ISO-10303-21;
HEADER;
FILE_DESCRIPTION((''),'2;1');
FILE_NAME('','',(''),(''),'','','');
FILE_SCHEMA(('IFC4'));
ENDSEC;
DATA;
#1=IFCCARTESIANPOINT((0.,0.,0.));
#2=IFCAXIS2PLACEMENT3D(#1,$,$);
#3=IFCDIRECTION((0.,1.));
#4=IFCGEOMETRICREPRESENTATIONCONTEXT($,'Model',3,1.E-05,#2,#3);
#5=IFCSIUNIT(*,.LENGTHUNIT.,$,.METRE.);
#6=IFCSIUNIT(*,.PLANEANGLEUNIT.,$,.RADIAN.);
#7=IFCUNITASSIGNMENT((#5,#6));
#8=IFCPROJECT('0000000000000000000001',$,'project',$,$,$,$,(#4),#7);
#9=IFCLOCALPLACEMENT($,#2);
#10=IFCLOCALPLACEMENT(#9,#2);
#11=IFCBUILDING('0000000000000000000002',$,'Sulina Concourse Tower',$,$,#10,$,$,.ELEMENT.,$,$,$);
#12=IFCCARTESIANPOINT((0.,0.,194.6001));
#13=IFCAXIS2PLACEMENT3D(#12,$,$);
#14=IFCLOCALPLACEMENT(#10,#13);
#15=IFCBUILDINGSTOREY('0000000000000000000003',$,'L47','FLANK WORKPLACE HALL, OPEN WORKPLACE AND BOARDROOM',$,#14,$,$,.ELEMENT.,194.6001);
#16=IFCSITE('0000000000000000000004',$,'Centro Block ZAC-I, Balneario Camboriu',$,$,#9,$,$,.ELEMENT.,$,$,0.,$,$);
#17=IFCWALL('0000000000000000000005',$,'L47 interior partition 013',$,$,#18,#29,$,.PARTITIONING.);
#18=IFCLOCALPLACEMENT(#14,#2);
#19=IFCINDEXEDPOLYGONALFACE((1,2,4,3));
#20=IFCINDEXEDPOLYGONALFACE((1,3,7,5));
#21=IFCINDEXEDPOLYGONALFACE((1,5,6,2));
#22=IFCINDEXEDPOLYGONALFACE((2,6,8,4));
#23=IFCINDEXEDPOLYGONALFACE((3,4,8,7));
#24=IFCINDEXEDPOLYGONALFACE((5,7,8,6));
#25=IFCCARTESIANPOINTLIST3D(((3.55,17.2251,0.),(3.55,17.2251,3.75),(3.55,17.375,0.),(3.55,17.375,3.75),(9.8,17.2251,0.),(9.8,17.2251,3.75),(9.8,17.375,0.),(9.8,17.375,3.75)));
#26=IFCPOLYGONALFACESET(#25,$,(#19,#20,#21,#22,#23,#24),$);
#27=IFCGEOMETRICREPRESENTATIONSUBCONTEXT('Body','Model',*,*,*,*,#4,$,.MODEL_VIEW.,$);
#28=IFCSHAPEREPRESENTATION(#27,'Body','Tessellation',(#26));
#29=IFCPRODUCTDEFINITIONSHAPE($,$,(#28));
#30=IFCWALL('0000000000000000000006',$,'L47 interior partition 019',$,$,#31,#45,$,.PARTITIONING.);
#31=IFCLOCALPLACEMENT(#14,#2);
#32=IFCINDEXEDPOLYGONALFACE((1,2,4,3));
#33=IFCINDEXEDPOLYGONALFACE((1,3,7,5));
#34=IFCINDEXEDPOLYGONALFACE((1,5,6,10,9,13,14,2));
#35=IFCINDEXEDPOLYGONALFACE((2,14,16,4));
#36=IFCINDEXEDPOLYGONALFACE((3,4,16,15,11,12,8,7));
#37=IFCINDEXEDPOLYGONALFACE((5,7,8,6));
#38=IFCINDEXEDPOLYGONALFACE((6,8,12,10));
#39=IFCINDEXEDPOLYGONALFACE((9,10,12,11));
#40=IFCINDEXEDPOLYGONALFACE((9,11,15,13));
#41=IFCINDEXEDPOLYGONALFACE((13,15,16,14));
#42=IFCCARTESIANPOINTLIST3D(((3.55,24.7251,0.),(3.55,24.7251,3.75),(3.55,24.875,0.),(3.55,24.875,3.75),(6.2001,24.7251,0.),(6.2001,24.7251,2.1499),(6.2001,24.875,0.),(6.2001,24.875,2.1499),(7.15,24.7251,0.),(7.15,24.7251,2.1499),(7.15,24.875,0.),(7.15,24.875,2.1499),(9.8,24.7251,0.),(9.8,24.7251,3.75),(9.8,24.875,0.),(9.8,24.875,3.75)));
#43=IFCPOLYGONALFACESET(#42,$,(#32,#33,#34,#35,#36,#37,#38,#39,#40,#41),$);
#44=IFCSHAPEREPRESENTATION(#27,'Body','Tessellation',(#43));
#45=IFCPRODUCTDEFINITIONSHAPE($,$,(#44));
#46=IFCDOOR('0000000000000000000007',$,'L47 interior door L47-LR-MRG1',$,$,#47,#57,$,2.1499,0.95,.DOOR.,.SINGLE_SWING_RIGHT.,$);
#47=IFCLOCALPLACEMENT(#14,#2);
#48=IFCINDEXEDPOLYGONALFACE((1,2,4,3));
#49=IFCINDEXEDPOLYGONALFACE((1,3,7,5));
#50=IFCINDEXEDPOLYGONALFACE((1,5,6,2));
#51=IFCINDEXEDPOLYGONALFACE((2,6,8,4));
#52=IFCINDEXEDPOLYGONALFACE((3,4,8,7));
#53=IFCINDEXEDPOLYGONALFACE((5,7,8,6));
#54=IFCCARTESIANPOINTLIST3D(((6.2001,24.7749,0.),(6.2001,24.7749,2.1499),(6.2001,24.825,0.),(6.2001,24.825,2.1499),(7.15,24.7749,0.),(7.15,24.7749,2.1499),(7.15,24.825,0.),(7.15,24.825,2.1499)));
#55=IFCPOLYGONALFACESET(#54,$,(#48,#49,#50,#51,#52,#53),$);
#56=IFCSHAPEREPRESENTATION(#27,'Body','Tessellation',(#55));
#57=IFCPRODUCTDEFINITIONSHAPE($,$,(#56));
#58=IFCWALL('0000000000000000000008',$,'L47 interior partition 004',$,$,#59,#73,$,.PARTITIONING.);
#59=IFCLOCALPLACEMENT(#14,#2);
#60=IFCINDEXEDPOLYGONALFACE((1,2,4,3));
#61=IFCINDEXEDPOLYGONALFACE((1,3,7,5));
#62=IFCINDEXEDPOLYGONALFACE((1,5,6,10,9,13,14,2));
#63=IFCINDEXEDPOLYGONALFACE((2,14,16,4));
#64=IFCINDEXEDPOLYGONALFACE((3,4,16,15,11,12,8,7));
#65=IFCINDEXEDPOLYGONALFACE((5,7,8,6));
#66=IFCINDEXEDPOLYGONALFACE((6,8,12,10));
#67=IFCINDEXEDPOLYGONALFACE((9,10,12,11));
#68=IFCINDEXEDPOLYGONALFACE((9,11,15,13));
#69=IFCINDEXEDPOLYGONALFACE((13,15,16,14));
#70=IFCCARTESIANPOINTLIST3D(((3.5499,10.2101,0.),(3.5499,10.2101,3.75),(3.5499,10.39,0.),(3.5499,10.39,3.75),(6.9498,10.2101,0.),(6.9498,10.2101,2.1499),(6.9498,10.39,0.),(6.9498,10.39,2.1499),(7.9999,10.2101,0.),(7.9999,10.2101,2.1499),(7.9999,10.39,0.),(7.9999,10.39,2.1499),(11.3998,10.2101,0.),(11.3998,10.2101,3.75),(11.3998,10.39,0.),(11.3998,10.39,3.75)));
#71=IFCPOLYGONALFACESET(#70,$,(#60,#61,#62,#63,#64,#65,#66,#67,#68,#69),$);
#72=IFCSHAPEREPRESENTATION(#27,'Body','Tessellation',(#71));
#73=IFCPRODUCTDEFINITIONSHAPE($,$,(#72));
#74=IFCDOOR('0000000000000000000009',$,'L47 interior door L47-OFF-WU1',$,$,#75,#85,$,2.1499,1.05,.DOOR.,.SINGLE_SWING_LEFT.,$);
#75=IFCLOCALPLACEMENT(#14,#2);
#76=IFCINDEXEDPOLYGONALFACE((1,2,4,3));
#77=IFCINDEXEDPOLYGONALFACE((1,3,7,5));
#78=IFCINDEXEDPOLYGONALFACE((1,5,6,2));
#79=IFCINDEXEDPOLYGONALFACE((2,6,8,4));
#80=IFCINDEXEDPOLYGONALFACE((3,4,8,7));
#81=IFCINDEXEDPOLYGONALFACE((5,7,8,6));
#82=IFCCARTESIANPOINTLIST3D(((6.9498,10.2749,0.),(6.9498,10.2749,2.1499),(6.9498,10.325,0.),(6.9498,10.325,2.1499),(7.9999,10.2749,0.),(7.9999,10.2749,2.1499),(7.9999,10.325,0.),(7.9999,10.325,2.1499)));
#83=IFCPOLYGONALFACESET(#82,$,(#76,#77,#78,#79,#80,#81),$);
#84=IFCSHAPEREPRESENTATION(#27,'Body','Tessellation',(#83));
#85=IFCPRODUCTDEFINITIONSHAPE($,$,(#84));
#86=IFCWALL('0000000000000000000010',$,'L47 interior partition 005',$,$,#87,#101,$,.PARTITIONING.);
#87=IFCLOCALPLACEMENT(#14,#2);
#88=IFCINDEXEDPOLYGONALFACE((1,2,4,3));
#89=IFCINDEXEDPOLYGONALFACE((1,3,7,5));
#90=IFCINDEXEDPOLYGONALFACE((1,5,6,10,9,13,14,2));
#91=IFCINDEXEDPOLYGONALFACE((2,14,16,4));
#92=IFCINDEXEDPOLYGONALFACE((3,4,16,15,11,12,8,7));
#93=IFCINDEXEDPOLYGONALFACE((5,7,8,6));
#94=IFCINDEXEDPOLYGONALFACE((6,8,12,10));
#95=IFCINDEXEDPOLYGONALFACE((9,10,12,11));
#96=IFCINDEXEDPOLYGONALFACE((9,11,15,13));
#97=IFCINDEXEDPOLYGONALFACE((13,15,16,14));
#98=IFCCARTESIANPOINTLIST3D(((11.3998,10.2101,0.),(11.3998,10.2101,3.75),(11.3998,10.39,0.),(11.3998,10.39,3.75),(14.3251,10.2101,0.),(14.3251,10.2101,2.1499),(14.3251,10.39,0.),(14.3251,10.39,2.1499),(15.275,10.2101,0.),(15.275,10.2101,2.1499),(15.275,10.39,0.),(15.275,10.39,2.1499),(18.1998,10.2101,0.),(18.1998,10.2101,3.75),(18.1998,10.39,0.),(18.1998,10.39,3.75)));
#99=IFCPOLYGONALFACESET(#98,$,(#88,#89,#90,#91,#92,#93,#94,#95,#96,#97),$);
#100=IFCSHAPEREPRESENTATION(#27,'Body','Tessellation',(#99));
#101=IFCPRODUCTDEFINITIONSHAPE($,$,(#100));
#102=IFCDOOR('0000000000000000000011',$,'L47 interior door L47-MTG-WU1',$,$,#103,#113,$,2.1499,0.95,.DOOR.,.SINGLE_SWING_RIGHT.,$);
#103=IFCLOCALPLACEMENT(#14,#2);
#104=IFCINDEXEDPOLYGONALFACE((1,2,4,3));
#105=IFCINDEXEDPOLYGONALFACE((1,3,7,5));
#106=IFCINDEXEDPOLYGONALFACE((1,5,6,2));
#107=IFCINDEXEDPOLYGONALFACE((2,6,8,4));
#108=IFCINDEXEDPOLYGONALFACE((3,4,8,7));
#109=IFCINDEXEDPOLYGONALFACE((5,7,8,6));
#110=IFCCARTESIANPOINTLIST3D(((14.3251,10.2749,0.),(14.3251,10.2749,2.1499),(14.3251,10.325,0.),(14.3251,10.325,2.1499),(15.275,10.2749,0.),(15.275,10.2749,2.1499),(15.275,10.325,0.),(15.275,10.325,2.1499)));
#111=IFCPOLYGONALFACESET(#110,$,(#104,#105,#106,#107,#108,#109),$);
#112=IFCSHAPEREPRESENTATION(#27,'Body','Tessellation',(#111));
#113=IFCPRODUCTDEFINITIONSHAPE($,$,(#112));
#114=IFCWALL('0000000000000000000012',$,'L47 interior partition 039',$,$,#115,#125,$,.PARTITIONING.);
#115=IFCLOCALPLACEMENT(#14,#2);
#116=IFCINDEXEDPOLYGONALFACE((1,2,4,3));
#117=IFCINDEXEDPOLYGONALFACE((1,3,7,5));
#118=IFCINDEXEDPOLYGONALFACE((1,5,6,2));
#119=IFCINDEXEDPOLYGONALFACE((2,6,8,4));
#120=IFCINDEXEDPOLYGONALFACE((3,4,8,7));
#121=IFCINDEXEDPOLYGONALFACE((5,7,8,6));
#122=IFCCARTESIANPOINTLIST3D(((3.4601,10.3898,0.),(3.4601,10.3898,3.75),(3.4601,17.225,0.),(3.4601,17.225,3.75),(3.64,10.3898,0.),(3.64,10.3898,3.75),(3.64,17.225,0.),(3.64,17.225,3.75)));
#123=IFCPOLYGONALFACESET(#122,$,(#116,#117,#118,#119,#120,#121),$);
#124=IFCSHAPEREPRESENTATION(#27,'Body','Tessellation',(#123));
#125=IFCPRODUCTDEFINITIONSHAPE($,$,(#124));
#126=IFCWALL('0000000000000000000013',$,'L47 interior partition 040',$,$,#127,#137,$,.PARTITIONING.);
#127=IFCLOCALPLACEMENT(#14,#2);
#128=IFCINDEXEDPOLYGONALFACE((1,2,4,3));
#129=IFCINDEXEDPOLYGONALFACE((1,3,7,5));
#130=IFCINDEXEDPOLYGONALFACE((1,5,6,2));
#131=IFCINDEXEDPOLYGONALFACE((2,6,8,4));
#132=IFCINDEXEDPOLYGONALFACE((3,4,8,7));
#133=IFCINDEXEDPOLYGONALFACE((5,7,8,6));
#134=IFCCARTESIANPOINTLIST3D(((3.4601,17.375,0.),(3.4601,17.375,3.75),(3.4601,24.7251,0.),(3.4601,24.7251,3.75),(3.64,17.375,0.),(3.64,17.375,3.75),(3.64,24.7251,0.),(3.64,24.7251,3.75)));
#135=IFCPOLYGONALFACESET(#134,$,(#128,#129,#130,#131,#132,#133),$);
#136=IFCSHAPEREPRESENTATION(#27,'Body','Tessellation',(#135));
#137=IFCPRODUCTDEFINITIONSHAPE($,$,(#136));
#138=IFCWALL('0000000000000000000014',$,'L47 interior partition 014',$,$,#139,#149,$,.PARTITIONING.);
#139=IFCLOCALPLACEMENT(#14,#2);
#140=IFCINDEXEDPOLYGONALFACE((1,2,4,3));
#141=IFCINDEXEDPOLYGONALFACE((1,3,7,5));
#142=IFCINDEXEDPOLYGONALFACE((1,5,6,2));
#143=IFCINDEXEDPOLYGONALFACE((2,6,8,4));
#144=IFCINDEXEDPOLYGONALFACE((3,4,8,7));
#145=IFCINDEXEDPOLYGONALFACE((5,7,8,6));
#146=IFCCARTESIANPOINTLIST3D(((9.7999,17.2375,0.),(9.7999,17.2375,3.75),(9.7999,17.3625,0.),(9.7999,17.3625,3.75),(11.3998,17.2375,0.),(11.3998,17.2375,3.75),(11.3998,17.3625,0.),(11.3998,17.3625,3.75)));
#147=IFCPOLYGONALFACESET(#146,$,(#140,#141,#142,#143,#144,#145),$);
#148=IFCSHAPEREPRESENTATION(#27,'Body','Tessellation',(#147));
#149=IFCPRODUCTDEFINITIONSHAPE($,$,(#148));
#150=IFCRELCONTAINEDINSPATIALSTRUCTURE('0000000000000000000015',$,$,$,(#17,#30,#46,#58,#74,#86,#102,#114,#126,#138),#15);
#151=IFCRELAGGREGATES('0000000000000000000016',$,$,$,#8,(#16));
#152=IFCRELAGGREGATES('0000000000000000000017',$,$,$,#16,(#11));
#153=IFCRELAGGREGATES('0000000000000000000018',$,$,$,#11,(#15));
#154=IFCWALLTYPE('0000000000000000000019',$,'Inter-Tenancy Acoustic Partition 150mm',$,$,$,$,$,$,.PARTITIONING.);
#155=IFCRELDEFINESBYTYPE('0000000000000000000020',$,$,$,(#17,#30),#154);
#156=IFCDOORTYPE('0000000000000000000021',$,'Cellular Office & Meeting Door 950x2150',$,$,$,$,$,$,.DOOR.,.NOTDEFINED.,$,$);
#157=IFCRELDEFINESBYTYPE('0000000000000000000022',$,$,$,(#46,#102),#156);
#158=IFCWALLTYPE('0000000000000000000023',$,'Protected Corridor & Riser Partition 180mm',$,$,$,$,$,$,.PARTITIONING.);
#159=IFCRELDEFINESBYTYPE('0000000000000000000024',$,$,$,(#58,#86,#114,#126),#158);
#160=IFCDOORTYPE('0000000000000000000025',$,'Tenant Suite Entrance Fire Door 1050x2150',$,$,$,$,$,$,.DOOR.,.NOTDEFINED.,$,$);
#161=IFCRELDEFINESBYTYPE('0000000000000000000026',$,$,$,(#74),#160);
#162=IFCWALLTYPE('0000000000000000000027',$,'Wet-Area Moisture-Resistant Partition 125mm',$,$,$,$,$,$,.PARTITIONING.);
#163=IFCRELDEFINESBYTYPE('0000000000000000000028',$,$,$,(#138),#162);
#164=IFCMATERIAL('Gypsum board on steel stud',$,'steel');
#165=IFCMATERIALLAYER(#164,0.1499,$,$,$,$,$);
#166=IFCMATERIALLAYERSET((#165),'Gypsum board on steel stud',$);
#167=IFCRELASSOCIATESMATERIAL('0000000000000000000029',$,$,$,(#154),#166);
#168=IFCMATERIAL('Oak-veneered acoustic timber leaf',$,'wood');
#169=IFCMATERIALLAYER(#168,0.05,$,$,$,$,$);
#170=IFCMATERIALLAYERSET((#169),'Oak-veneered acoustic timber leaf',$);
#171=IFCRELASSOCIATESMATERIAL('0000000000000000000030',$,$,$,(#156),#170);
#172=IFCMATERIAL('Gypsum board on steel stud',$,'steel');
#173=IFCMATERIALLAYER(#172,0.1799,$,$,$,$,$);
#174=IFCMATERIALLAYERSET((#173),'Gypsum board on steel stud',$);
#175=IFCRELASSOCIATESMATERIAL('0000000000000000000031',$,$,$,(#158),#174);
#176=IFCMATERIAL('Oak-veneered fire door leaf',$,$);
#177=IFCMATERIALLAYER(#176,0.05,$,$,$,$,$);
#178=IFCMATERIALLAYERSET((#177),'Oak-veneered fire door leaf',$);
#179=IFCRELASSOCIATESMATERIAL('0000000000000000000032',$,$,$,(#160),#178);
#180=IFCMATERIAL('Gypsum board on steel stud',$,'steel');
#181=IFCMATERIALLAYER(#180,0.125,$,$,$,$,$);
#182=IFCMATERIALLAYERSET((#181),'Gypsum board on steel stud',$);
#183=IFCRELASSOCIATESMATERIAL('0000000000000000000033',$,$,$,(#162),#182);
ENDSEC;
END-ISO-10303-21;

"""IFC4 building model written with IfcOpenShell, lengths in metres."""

from ifc_helpers import new_model, si_unit, direction, frame, frame_2d, origin, place, context, subcontext, project, spatial, rectangle, extrude, material, layer, layer_set, type_object, element, fill, save


model = new_model("IFC4")

# Units and contexts
model_context = context("Model", 3, precision=1e-05, world=origin(), true_north=direction((0.0, 1.0)))
body_context = subcontext(model_context, "Body", "Model", "MODEL_VIEW")
ifc_project = project(units=[si_unit("LENGTHUNIT", "METRE"), si_unit("PLANEANGLEUNIT", "RADIAN")], contexts=[model_context])

# Site, building, storey
site_placement = place(None, origin())
site = spatial("IfcSite", under=ifc_project, at=site_placement, Name="Centro Block ZAC-I, Balneario Camboriu", CompositionType="ELEMENT", RefElevation=0.0)
building_placement = place(site_placement, origin())
building = spatial("IfcBuilding", under=site, at=building_placement, Name="Sulina Concourse Tower", CompositionType="ELEMENT")
storey_placement = place(building_placement, frame((0.0, 0.0, 194.6001)))
storey = spatial("IfcBuildingStorey", under=building, at=storey_placement, Name="L47", Description="FLANK WORKPLACE HALL, OPEN WORKPLACE AND BOARDROOM", CompositionType="ELEMENT", Elevation=194.6001)

# Wall
ifc_material_1 = material(Name="Gypsum board on steel stud", Category="steel")
ifc_layer_1 = layer(ifc_material_1, 0.1499)
ifc_layer_set_1 = layer_set([ifc_layer_1], Name="Gypsum board on steel stud")
wall_type_1 = type_object("IfcWallType", Name="Inter-Tenancy Acoustic Partition 150mm", PredefinedType="PARTITIONING", material=ifc_layer_set_1)
wall_1_placement = place(storey_placement, frame((3.55, 17.3, 0.0), z_axis=(0.0, 0.0, 1.0), x_axis=(1.0, 0.0, 0.0)))
element("IfcWall", 1, at=wall_1_placement, inside=storey, type_object=wall_type_1, Name="L47 interior partition 013", PredefinedType="PARTITIONING", context=body_context, shape_type="SweptSolid", body=[
    extrude(rectangle(XDim=6.25, YDim=0.1499, at=frame_2d((3.125, 0.0))), origin(), (0.0, 0.0, 1.0), 3.75),
])

# Walls, openings, doors
wall_2_placement = place(storey_placement, frame((3.55, 24.8, 0.0), z_axis=(0.0, 0.0, 1.0), x_axis=(1.0, 0.0, 0.0)))
wall_2 = element("IfcWall", 2, at=wall_2_placement, inside=storey, type_object=wall_type_1, Name="L47 interior partition 019", PredefinedType="PARTITIONING", context=body_context, shape_type="SweptSolid", body=[
    extrude(rectangle(XDim=6.25, YDim=0.1499, at=frame_2d((3.125, 0.0))), origin(), (0.0, 0.0, 1.0), 3.75),
])
opening_1_placement = place(wall_2_placement, frame((2.6499, 0.0, 0.0)))
opening_1 = element("IfcOpeningElement", 3, at=opening_1_placement, cuts=wall_2, PredefinedType="OPENING", context=body_context, shape_type="SweptSolid", body=[
    extrude(rectangle(XDim=0.95, YDim=2.1499, at=frame_2d((0.4751, 1.075))), frame((0.0, 0.085, 0.0), z_axis=(0.0, -1.0, 0.0), x_axis=(1.0, 0.0, 0.0)), (0.0, 0.0, 1.0), 0.1699),
])
ifc_material_2 = material(Name="Oak-veneered acoustic timber leaf", Category="wood")
ifc_layer_2 = layer(ifc_material_2, 0.05)
ifc_layer_set_2 = layer_set([ifc_layer_2], Name="Oak-veneered acoustic timber leaf")
door_type_1 = type_object("IfcDoorType", Name="Cellular Office & Meeting Door 950x2150", OperationType="NOTDEFINED", PredefinedType="DOOR", material=ifc_layer_set_2)
door_1_placement = place(opening_1_placement, origin())
door_1 = element("IfcDoor", 4, at=door_1_placement, inside=storey, type_object=door_type_1, Name="L47 interior door L47-LR-MRG1", OperationType="SINGLE_SWING_RIGHT", OverallHeight=2.1499, OverallWidth=0.95, PredefinedType="DOOR", context=body_context, shape_type="SweptSolid", body=[
    extrude(rectangle(XDim=0.95, YDim=2.1499, at=frame_2d((0.4751, 1.075))), frame((0.0, 0.0249, 0.0), z_axis=(0.0, -1.0, 0.0), x_axis=(1.0, 0.0, 0.0)), (0.0, 0.0, 1.0), 0.05),
])
fill(opening_1, door_1)
ifc_material_3 = material(Name="Gypsum board on steel stud", Category="steel")
ifc_layer_3 = layer(ifc_material_3, 0.1799)
ifc_layer_set_3 = layer_set([ifc_layer_3], Name="Gypsum board on steel stud")
wall_type_2 = type_object("IfcWallType", Name="Protected Corridor & Riser Partition 180mm", PredefinedType="PARTITIONING", material=ifc_layer_set_3)
wall_3_placement = place(storey_placement, frame((3.55, 10.3, 0.0), z_axis=(0.0, 0.0, 1.0), x_axis=(1.0, 0.0, 0.0)))
wall_3 = element("IfcWall", 5, at=wall_3_placement, inside=storey, type_object=wall_type_2, Name="L47 interior partition 004", PredefinedType="PARTITIONING", context=body_context, shape_type="SweptSolid", body=[
    extrude(rectangle(XDim=7.8499, YDim=0.1799, at=frame_2d((3.9248, 0.0))), origin(), (0.0, 0.0, 1.0), 3.75),
])
opening_2_placement = place(wall_3_placement, frame((3.3999, 0.0, 0.0)))
opening_2 = element("IfcOpeningElement", 6, at=opening_2_placement, cuts=wall_3, PredefinedType="OPENING", context=body_context, shape_type="SweptSolid", body=[
    extrude(rectangle(XDim=1.05, YDim=2.1499, at=frame_2d((0.5249, 1.075))), frame((0.0, 0.0999, 0.0), z_axis=(0.0, -1.0, 0.0), x_axis=(1.0, 0.0, 0.0)), (0.0, 0.0, 1.0), 0.2),
])
ifc_material_4 = material(Name="Oak-veneered fire door leaf")
ifc_layer_4 = layer(ifc_material_4, 0.05)
ifc_layer_set_4 = layer_set([ifc_layer_4], Name="Oak-veneered fire door leaf")
door_type_2 = type_object("IfcDoorType", Name="Tenant Suite Entrance Fire Door 1050x2150", OperationType="NOTDEFINED", PredefinedType="DOOR", material=ifc_layer_set_4)
door_2_placement = place(opening_2_placement, origin())
door_2 = element("IfcDoor", 7, at=door_2_placement, inside=storey, type_object=door_type_2, Name="L47 interior door L47-OFF-WU1", OperationType="SINGLE_SWING_LEFT", OverallHeight=2.1499, OverallWidth=1.05, PredefinedType="DOOR", context=body_context, shape_type="SweptSolid", body=[
    extrude(rectangle(XDim=1.05, YDim=2.1499, at=frame_2d((0.5249, 1.075))), frame((0.0, 0.0249, 0.0), z_axis=(0.0, -1.0, 0.0), x_axis=(1.0, 0.0, 0.0)), (0.0, 0.0, 1.0), 0.05),
])
fill(opening_2, door_2)
wall_4_placement = place(storey_placement, frame((11.3999, 10.3, 0.0), z_axis=(0.0, 0.0, 1.0), x_axis=(1.0, 0.0, 0.0)))
wall_4 = element("IfcWall", 8, at=wall_4_placement, inside=storey, type_object=wall_type_2, Name="L47 interior partition 005", PredefinedType="PARTITIONING", context=body_context, shape_type="SweptSolid", body=[
    extrude(rectangle(XDim=6.8, YDim=0.1799, at=frame_2d((3.3999, 0.0))), origin(), (0.0, 0.0, 1.0), 3.75),
])
opening_3_placement = place(wall_4_placement, frame((2.925, 0.0, 0.0)))
opening_3 = element("IfcOpeningElement", 9, at=opening_3_placement, cuts=wall_4, PredefinedType="OPENING", context=body_context, shape_type="SweptSolid", body=[
    extrude(rectangle(XDim=0.95, YDim=2.1499, at=frame_2d((0.4751, 1.075))), frame((0.0, 0.0999, 0.0), z_axis=(0.0, -1.0, 0.0), x_axis=(1.0, 0.0, 0.0)), (0.0, 0.0, 1.0), 0.2),
])
door_3_placement = place(opening_3_placement, origin())
door_3 = element("IfcDoor", 10, at=door_3_placement, inside=storey, type_object=door_type_1, Name="L47 interior door L47-MTG-WU1", OperationType="SINGLE_SWING_RIGHT", OverallHeight=2.1499, OverallWidth=0.95, PredefinedType="DOOR", context=body_context, shape_type="SweptSolid", body=[
    extrude(rectangle(XDim=0.95, YDim=2.1499, at=frame_2d((0.4751, 1.075))), frame((0.0, 0.0249, 0.0), z_axis=(0.0, -1.0, 0.0), x_axis=(1.0, 0.0, 0.0)), (0.0, 0.0, 1.0), 0.05),
])
fill(opening_3, door_3)

# Walls
wall_5_placement = place(storey_placement, frame((3.55, 10.3899, 0.0), z_axis=(0.0, 0.0, 1.0), x_axis=(0.0, 1.0, 0.0)))
element("IfcWall", 11, at=wall_5_placement, inside=storey, type_object=wall_type_2, Name="L47 interior partition 039", PredefinedType="PARTITIONING", context=body_context, shape_type="SweptSolid", body=[
    extrude(rectangle(XDim=6.8352, YDim=0.1799, at=frame_2d((3.4175, 0.0))), origin(), (0.0, 0.0, 1.0), 3.75),
])
wall_6_placement = place(storey_placement, frame((3.55, 17.375, 0.0), z_axis=(0.0, 0.0, 1.0), x_axis=(0.0, 1.0, 0.0)))
element("IfcWall", 12, at=wall_6_placement, inside=storey, type_object=wall_type_2, Name="L47 interior partition 040", PredefinedType="PARTITIONING", context=body_context, shape_type="SweptSolid", body=[
    extrude(rectangle(XDim=7.3501, YDim=0.1799, at=frame_2d((3.675, 0.0))), origin(), (0.0, 0.0, 1.0), 3.75),
])
ifc_material_5 = material(Name="Gypsum board on steel stud", Category="steel")
ifc_layer_5 = layer(ifc_material_5, 0.125)
ifc_layer_set_5 = layer_set([ifc_layer_5], Name="Gypsum board on steel stud")
wall_type_3 = type_object("IfcWallType", Name="Wet-Area Moisture-Resistant Partition 125mm", PredefinedType="PARTITIONING", material=ifc_layer_set_5)
wall_7_placement = place(storey_placement, frame((9.8, 17.3, 0.0), z_axis=(0.0, 0.0, 1.0), x_axis=(1.0, 0.0, 0.0)))
element("IfcWall", 13, at=wall_7_placement, inside=storey, type_object=wall_type_3, Name="L47 interior partition 014", PredefinedType="PARTITIONING", context=body_context, shape_type="SweptSolid", body=[
    extrude(rectangle(XDim=1.5999, YDim=0.125, at=frame_2d((0.7998, 0.0))), origin(), (0.0, 0.0, 1.0), 3.75),
])

save(model, "model.ifc")
